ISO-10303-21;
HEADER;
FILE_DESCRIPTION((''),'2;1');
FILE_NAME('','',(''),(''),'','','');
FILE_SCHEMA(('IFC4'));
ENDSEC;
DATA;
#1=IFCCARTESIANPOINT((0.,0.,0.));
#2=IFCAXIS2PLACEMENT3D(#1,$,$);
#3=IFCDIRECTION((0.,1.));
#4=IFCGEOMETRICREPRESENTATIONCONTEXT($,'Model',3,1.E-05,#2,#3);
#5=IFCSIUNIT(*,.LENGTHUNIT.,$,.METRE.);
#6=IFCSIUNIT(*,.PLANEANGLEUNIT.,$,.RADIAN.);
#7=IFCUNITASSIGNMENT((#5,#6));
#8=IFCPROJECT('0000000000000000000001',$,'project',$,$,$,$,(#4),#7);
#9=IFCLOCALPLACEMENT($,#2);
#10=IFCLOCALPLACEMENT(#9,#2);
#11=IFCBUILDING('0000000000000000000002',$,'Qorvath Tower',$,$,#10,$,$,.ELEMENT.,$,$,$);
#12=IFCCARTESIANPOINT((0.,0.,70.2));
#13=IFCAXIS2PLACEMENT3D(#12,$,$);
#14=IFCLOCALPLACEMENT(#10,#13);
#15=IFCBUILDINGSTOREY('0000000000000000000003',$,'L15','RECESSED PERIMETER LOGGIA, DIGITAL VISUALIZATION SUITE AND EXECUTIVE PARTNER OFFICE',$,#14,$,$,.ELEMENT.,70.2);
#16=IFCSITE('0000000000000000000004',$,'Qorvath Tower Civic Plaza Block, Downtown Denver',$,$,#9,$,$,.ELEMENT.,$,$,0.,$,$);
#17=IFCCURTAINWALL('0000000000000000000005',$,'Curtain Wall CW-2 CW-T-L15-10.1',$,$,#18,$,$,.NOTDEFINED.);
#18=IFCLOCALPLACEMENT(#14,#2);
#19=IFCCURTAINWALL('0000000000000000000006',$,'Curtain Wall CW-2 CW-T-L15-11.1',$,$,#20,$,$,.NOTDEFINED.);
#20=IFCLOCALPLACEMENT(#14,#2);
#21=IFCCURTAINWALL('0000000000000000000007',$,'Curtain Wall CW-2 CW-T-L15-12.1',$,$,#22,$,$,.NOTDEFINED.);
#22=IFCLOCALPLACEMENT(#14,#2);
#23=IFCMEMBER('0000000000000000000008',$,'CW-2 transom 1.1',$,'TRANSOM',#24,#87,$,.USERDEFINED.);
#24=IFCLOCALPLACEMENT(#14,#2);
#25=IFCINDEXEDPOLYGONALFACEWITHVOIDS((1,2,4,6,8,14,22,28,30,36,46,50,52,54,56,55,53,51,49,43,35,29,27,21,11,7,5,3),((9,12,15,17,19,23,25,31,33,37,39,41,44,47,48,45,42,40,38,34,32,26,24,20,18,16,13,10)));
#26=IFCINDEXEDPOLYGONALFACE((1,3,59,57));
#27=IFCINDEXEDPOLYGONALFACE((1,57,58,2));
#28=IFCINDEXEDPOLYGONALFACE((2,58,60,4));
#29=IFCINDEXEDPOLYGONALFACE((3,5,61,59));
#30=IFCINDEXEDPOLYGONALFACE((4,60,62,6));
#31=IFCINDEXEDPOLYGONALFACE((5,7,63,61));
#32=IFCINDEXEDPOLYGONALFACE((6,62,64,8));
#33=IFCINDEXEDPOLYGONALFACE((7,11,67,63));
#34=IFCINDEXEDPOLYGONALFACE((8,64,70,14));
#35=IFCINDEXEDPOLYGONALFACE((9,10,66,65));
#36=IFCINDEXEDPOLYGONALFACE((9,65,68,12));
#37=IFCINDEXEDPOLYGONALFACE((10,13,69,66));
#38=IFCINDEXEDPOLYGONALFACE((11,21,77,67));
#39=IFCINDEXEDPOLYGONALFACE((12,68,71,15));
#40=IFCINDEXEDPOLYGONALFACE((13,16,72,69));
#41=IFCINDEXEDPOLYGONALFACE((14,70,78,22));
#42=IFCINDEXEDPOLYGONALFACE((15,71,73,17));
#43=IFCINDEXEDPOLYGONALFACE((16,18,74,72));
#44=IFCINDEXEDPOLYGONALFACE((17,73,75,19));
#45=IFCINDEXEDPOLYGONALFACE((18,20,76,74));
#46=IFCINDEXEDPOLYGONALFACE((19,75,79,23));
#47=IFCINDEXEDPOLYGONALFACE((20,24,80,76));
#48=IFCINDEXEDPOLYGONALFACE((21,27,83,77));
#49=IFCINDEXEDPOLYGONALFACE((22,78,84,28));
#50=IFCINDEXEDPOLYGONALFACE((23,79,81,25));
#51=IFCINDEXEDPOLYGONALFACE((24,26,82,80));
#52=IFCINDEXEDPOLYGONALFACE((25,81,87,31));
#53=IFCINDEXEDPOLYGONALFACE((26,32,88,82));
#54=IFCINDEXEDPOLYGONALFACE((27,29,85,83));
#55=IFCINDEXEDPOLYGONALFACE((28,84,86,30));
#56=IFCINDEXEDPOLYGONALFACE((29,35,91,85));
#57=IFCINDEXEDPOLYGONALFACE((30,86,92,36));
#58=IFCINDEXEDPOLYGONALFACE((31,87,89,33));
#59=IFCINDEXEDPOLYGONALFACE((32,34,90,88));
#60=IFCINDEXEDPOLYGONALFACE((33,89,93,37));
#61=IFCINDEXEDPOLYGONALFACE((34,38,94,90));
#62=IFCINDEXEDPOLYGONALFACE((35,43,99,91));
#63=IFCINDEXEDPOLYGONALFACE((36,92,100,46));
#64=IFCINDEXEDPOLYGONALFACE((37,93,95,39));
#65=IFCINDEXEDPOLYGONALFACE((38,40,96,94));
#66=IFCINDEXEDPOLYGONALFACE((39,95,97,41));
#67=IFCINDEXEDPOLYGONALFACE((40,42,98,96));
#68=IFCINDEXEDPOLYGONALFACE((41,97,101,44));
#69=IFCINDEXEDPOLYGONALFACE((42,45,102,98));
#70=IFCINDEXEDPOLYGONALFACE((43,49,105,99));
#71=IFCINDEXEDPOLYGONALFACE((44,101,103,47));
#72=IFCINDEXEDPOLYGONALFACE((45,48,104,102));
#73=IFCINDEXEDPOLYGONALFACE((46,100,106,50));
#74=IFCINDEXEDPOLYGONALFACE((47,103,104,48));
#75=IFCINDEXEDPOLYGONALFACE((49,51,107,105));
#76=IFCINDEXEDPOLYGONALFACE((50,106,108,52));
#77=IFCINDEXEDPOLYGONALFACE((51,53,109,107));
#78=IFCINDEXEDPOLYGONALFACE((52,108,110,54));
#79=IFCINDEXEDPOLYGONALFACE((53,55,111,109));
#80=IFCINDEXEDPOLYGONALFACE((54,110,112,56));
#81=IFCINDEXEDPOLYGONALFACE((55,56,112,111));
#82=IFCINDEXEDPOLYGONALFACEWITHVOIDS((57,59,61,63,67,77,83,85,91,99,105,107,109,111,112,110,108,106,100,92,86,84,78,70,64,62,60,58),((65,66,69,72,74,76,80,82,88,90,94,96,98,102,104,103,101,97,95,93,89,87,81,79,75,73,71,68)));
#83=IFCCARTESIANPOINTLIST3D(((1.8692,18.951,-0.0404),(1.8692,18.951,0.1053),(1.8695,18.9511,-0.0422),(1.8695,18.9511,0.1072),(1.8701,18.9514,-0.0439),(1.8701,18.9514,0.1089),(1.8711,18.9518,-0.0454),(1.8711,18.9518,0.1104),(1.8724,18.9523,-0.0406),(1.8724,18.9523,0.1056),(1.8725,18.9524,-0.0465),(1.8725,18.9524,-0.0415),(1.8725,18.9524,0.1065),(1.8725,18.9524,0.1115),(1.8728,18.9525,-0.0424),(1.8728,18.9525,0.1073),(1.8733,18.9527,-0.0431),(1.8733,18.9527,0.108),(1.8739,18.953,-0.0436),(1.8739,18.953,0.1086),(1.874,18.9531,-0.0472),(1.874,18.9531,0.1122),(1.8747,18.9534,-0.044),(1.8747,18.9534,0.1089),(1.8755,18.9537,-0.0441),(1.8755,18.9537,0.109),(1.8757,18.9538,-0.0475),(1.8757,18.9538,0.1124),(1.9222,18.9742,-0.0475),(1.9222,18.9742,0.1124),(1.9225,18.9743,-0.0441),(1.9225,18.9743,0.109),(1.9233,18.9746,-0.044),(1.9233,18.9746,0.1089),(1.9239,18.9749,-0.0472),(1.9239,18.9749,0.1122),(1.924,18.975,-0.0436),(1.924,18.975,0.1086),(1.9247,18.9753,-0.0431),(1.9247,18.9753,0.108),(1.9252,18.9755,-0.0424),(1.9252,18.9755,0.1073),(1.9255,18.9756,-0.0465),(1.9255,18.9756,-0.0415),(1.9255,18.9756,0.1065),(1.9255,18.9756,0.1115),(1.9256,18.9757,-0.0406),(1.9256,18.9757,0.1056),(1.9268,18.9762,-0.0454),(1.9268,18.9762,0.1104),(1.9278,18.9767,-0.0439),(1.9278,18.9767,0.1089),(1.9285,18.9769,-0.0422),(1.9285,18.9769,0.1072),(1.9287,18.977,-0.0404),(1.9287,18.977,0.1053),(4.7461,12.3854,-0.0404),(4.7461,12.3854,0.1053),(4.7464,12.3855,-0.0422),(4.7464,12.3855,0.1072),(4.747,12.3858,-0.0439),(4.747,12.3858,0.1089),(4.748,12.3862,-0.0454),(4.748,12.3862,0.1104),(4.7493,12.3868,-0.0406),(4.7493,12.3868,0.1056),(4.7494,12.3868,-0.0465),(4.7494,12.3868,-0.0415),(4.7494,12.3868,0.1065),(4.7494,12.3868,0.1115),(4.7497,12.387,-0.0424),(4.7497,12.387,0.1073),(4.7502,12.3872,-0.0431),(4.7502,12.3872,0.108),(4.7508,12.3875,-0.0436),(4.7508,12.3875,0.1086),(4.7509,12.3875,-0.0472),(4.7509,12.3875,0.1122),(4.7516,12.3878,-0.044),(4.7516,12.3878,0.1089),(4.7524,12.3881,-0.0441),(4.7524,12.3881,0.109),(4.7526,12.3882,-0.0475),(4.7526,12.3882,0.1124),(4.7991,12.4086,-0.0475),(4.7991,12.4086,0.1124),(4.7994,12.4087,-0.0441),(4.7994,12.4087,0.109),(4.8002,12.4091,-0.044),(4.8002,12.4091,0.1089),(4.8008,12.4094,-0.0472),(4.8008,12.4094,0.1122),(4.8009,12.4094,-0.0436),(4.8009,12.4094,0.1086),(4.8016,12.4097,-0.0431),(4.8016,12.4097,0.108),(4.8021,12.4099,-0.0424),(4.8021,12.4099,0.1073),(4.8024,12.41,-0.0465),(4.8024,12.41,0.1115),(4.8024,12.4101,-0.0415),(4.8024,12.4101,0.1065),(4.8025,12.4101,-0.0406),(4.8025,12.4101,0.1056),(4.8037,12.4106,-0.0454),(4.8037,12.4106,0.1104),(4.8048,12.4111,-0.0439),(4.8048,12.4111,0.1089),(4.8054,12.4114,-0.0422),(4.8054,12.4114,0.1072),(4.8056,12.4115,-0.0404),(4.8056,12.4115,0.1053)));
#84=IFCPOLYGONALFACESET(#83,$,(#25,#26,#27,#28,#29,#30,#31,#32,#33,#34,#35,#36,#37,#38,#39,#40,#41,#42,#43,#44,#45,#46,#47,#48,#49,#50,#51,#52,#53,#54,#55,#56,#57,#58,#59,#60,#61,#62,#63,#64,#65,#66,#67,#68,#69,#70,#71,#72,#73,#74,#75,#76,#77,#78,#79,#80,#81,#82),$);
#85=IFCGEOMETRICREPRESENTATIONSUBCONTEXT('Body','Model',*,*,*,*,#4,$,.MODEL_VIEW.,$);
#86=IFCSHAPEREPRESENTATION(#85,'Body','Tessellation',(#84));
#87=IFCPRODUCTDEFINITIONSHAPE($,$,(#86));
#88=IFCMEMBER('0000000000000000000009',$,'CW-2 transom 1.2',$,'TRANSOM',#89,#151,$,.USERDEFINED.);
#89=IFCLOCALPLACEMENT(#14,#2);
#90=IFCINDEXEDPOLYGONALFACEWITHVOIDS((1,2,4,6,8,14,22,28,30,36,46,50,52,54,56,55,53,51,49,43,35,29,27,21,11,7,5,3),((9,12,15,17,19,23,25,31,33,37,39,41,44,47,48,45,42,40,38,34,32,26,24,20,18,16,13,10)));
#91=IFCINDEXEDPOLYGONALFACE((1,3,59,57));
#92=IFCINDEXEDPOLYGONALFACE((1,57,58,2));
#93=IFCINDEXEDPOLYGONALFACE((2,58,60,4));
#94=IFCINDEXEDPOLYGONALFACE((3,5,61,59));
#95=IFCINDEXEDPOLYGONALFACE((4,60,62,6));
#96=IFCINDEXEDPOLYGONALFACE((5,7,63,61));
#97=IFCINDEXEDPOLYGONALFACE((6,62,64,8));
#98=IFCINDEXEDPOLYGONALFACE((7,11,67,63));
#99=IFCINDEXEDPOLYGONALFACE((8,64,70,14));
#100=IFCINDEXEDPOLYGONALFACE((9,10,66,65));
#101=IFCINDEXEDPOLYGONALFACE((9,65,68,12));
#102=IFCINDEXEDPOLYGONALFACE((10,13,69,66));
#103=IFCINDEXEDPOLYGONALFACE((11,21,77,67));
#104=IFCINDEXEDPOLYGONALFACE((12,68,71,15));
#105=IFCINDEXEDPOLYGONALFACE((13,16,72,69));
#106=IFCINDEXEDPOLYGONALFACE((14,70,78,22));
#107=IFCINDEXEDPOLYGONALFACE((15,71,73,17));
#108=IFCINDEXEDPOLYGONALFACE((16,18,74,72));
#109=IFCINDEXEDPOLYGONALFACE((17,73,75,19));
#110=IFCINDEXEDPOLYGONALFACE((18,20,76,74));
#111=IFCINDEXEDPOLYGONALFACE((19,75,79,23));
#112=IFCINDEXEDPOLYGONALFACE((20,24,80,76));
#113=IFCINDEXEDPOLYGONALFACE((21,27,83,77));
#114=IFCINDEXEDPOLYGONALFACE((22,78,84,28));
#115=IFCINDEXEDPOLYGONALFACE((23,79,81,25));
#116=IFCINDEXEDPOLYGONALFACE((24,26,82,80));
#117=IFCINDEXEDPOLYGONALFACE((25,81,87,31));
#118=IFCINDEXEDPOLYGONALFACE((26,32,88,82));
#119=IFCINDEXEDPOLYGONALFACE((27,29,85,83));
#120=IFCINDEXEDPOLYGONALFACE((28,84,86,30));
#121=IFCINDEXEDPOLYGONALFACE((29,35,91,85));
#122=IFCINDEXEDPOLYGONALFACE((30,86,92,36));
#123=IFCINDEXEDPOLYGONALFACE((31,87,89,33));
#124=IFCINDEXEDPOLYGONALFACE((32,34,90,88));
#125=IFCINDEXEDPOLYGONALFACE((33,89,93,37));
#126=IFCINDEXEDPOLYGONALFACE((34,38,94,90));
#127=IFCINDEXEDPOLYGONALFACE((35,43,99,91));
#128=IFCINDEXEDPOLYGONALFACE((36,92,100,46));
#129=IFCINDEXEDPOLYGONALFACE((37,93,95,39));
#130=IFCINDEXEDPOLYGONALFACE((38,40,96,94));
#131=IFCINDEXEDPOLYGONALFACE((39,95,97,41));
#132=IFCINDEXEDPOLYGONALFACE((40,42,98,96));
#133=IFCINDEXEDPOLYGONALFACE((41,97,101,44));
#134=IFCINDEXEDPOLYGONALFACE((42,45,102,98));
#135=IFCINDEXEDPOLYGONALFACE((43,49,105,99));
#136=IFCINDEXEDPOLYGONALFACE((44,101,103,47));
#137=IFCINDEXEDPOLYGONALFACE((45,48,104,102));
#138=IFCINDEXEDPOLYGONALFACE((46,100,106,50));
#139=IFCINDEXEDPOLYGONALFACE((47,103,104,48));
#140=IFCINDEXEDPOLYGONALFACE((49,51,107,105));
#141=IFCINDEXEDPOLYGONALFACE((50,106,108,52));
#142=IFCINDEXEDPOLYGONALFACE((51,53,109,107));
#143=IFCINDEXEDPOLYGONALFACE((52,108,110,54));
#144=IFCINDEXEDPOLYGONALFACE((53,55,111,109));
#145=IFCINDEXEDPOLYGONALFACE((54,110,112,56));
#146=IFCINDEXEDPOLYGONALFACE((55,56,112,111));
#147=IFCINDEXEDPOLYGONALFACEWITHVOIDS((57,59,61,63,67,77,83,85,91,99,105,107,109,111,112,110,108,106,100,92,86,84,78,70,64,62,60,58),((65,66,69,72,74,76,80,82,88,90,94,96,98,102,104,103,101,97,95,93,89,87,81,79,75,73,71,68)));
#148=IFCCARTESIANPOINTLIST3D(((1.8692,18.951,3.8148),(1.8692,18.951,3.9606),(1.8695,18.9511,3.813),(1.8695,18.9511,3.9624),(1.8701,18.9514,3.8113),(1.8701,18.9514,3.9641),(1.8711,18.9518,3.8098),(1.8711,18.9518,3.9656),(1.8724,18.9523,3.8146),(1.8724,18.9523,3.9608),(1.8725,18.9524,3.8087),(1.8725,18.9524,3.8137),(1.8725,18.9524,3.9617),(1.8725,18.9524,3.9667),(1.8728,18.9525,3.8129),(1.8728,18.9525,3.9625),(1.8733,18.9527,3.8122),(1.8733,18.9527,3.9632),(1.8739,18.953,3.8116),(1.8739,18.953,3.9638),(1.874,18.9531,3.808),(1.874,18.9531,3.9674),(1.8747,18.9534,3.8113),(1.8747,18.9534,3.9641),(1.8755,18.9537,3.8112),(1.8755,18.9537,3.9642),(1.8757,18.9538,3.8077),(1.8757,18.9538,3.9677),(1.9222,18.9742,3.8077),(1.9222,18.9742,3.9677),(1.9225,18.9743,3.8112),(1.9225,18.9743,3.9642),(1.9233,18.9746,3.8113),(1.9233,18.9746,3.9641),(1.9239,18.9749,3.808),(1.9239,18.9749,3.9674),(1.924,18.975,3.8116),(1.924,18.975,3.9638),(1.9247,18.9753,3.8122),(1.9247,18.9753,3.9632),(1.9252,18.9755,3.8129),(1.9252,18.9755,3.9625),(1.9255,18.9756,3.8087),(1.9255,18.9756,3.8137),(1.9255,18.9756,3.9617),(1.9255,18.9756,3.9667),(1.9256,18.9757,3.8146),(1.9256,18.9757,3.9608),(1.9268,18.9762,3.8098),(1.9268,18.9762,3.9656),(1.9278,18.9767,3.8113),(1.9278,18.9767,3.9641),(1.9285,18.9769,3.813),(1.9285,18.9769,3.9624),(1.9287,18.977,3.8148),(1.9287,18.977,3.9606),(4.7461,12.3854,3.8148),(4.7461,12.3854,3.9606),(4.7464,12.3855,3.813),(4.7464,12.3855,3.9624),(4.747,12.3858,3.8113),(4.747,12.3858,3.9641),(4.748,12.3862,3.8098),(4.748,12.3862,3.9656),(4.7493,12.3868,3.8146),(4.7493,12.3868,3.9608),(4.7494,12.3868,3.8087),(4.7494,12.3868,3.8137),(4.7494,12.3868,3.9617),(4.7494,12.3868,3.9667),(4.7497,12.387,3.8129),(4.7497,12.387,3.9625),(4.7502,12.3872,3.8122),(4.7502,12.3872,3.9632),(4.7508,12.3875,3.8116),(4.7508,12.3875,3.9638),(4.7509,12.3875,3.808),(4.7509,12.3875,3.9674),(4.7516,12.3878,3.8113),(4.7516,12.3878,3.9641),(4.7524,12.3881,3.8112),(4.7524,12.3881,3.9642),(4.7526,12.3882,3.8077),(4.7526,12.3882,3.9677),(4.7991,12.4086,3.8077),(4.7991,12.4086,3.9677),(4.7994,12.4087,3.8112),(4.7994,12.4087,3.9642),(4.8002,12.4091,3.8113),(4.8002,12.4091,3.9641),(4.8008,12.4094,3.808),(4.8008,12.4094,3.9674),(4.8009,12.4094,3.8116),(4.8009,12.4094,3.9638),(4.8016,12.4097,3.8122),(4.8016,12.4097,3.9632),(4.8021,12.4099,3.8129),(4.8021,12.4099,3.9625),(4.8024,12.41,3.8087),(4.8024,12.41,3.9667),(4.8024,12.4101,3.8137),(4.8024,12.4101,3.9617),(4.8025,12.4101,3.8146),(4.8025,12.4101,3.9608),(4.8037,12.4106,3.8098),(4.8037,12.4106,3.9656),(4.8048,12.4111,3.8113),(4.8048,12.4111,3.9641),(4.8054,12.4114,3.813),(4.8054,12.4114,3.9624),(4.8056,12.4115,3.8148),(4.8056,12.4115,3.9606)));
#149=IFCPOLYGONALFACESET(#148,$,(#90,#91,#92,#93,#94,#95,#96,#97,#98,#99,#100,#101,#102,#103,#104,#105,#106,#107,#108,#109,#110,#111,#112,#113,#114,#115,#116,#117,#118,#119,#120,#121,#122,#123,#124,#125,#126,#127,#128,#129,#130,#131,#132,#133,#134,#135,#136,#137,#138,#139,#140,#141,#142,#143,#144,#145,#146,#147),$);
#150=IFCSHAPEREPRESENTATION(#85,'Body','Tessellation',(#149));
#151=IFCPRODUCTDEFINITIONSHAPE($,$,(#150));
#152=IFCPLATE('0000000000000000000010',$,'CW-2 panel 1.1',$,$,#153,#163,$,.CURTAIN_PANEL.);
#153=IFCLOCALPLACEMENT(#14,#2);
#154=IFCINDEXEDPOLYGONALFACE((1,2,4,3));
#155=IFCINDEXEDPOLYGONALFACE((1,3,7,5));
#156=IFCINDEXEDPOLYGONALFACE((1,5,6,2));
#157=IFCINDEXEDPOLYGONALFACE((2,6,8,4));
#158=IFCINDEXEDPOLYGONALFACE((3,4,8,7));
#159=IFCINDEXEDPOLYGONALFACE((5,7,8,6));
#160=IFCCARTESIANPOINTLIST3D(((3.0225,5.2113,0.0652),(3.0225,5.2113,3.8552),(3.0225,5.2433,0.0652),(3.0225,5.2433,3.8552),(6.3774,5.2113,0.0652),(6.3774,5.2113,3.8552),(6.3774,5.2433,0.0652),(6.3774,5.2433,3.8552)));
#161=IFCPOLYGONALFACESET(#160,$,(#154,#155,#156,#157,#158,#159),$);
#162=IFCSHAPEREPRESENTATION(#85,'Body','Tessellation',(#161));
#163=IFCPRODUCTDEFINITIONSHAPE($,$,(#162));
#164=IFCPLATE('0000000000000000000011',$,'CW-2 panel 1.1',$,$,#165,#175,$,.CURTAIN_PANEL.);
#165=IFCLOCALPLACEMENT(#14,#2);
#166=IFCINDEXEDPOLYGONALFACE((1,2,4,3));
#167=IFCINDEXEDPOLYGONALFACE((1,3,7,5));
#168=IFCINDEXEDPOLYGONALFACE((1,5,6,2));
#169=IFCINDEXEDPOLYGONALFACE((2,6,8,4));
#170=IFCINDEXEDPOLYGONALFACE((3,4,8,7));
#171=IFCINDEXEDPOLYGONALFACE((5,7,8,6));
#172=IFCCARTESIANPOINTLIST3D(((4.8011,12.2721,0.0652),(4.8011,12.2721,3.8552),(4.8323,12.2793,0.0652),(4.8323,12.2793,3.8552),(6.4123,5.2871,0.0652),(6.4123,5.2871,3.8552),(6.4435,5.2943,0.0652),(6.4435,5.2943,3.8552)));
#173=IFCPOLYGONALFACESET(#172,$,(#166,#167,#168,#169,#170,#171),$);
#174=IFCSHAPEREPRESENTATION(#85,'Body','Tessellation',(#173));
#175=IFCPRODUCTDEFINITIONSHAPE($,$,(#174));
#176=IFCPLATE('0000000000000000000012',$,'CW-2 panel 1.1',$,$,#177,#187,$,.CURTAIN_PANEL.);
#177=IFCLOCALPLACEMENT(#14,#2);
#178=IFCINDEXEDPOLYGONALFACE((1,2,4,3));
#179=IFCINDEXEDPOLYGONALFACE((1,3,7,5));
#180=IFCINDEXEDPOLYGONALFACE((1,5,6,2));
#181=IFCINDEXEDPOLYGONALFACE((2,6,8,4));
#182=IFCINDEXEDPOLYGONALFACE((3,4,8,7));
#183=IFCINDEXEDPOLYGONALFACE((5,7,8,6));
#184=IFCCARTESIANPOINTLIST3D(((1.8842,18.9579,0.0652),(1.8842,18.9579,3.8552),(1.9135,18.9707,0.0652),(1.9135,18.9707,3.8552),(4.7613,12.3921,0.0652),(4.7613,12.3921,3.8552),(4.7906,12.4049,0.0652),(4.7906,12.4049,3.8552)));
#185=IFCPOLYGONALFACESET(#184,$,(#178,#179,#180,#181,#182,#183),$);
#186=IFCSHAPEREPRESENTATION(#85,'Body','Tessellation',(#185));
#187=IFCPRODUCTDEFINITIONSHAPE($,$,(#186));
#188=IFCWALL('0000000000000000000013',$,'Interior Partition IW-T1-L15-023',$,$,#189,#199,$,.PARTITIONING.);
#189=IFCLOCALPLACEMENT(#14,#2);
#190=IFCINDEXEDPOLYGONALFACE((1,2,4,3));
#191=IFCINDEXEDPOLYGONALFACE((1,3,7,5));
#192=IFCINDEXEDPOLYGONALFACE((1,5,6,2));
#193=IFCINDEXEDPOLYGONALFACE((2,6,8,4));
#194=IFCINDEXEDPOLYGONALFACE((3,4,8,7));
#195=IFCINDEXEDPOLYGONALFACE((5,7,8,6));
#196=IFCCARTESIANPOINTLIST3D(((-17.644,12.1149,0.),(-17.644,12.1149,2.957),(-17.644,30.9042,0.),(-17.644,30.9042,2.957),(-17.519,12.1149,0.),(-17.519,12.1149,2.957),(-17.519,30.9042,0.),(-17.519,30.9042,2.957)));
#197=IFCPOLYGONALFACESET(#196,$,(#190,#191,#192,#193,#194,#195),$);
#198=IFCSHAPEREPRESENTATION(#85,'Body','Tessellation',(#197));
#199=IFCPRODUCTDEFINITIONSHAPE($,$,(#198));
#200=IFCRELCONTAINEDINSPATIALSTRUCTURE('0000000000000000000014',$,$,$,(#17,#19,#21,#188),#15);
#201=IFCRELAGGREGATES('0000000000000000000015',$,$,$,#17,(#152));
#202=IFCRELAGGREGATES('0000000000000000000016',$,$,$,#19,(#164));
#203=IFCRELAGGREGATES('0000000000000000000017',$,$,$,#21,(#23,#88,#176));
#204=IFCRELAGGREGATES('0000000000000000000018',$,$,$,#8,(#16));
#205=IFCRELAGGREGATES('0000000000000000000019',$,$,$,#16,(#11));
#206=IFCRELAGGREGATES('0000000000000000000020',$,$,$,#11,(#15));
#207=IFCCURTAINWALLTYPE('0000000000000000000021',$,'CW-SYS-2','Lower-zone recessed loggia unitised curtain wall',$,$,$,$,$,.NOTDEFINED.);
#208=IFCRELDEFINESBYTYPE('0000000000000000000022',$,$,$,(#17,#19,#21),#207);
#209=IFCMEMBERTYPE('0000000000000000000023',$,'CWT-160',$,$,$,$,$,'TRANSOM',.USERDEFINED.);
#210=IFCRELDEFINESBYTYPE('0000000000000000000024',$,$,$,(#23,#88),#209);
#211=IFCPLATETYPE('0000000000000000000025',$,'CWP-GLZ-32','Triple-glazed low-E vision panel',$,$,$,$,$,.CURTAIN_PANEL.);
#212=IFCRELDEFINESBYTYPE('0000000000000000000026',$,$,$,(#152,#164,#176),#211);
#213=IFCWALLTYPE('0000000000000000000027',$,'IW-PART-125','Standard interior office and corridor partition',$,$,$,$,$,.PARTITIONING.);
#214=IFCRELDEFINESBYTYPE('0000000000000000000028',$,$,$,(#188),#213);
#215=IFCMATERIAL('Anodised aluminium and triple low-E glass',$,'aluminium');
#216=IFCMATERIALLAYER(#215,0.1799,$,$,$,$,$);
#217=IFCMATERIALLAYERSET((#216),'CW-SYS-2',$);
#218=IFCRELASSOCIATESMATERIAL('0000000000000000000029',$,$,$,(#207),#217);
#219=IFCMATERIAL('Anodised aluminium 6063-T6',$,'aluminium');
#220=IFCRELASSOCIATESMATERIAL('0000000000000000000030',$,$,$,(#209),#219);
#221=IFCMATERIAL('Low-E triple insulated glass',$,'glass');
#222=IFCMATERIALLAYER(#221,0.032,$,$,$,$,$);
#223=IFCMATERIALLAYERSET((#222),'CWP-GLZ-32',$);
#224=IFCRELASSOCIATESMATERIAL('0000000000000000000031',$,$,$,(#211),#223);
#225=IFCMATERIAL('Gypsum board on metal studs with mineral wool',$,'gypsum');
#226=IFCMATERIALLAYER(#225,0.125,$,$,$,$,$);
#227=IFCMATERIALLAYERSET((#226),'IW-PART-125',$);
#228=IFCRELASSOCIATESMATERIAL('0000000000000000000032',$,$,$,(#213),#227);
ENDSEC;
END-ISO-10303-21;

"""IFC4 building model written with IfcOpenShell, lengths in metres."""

from ifc_helpers import new_model, si_unit, direction, frame, frame_2d, origin, origin_2d, place, context, subcontext, project, spatial, rectangle, hollow_rectangle, extrude, material, layer, layer_set, material_profile, profile_set, type_object, element, aggregate, save


model = new_model("IFC4")

# Units and contexts
model_context = context("Model", 3, precision=1e-05, world=origin(), true_north=direction((0.0, 1.0)))
body_context = subcontext(model_context, "Body", "Model", "MODEL_VIEW")
ifc_project = project(units=[si_unit("LENGTHUNIT", "METRE"), si_unit("PLANEANGLEUNIT", "RADIAN")], contexts=[model_context])

# Site, building, storey
site_placement = place(None, origin())
site = spatial("IfcSite", under=ifc_project, at=site_placement, Name="Qorvath Tower Civic Plaza Block, Downtown Denver", CompositionType="ELEMENT", RefElevation=0.0)
building_placement = place(site_placement, origin())
building = spatial("IfcBuilding", under=site, at=building_placement, Name="Qorvath Tower", CompositionType="ELEMENT")
storey_placement = place(building_placement, frame((0.0, 0.0, 70.2)))
storey = spatial("IfcBuildingStorey", under=building, at=storey_placement, Name="L15", Description="RECESSED PERIMETER LOGGIA, DIGITAL VISUALIZATION SUITE AND EXECUTIVE PARTNER OFFICE", CompositionType="ELEMENT", Elevation=70.2)

# Curtain wall
ifc_material_1 = material(Name="Anodised aluminium and triple low-E glass", Category="aluminium")
ifc_layer_1 = layer(ifc_material_1, 0.1799)
ifc_layer_set_1 = layer_set([ifc_layer_1], Name="CW-SYS-2")
curtain_wall_type = type_object("IfcCurtainWallType", Name="CW-SYS-2", Description="Lower-zone recessed loggia unitised curtain wall", PredefinedType="NOTDEFINED", material=ifc_layer_set_1)
curtain_wall_1_placement = place(storey_placement, origin())
curtain_wall_1 = element("IfcCurtainWall", 1, at=curtain_wall_1_placement, inside=storey, type_object=curtain_wall_type, Name="Curtain Wall CW-2 CW-T-L15-10.1", PredefinedType="NOTDEFINED")

# Curtain walls
curtain_wall_2_placement = place(storey_placement, origin())
curtain_wall_2 = element("IfcCurtainWall", 2, at=curtain_wall_2_placement, inside=storey, type_object=curtain_wall_type, Name="Curtain Wall CW-2 CW-T-L15-11.1", PredefinedType="NOTDEFINED")
curtain_wall_3_placement = place(storey_placement, origin())
curtain_wall_3 = element("IfcCurtainWall", 3, at=curtain_wall_3_placement, inside=storey, type_object=curtain_wall_type, Name="Curtain Wall CW-2 CW-T-L15-12.1", PredefinedType="NOTDEFINED")

# Members
ifc_material_2 = material(Name="Anodised aluminium 6063-T6", Category="aluminium")
ifc_material_profile_1 = material_profile(ifc_material_2, hollow_rectangle(XDim=0.0649, YDim=0.1599, WallThickness=0.0034, InnerFilletRadius=0.0034, OuterFilletRadius=0.0071, at=origin_2d()), Name="CWT 160x65")
ifc_profile_set_1 = profile_set([ifc_material_profile_1], Name="Anodised aluminium 6063-T6")
member_type_1 = type_object("IfcMemberType", Name="CWT-160", ElementType="TRANSOM", PredefinedType="USERDEFINED", material=ifc_profile_set_1)
member_1_placement = place(storey_placement, frame((4.7759, 12.3984, 0.0325), z_axis=(-0.401342, 0.915928, 0.0), x_axis=(-0.915928, -0.401342, 0.0)))
member_1 = element("IfcMember", 4, at=member_1_placement, type_object=member_type_1, Name="CW-2 transom 1.1", ObjectType="TRANSOM", PredefinedType="USERDEFINED", context=body_context, shape_type="SweptSolid", body=[
    extrude(hollow_rectangle(XDim=0.0649, YDim=0.1599, WallThickness=0.0034, InnerFilletRadius=0.0034, OuterFilletRadius=0.0071, at=origin_2d()), origin(), (0.0, 0.0, 1.0), 7.1682),
])
member_2_placement = place(storey_placement, frame((4.7759, 12.3984, 3.8877), z_axis=(-0.401342, 0.915928, 0.0), x_axis=(-0.915928, -0.401342, 0.0)))
member_2 = element("IfcMember", 5, at=member_2_placement, type_object=member_type_1, Name="CW-2 transom 1.2", ObjectType="TRANSOM", PredefinedType="USERDEFINED", context=body_context, shape_type="SweptSolid", body=[
    extrude(hollow_rectangle(XDim=0.0649, YDim=0.1599, WallThickness=0.0034, InnerFilletRadius=0.0034, OuterFilletRadius=0.0071, at=origin_2d()), origin(), (0.0, 0.0, 1.0), 7.1682),
])

# Plates
ifc_material_3 = material(Name="Low-E triple insulated glass", Category="glass")
ifc_layer_2 = layer(ifc_material_3, 0.032)
ifc_layer_set_2 = layer_set([ifc_layer_2], Name="CWP-GLZ-32")
plate_type = type_object("IfcPlateType", Name="CWP-GLZ-32", Description="Triple-glazed low-E vision panel", PredefinedType="CURTAIN_PANEL", material=ifc_layer_set_2)
plate_1_placement = place(storey_placement, frame((4.7, 5.2273, 0.0652), z_axis=(0.0, 0.0, 1.0), x_axis=(1.0, 0.0, 0.0)))
plate_1 = element("IfcPlate", 6, at=plate_1_placement, type_object=plate_type, Name="CW-2 panel 1.1", PredefinedType="CURTAIN_PANEL", context=body_context, shape_type="SweptSolid", body=[
    extrude(rectangle(XDim=3.355, YDim=0.032, at=origin_2d()), origin(), (0.0, 0.0, 1.0), 3.79),
])
aggregate(curtain_wall_1, [plate_1])
plate_2_placement = place(storey_placement, frame((5.6223, 8.7832, 0.0652), z_axis=(0.0, 0.0, 1.0), x_axis=(-0.224763, 0.974413, 0.0)))
plate_2 = element("IfcPlate", 7, at=plate_2_placement, type_object=plate_type, Name="CW-2 panel 1.1", PredefinedType="CURTAIN_PANEL", context=body_context, shape_type="SweptSolid", body=[
    extrude(rectangle(XDim=7.1685, YDim=0.032, at=origin_2d()), origin(), (0.0, 0.0, 1.0), 3.79),
])
aggregate(curtain_wall_2, [plate_2])
plate_3_placement = place(storey_placement, frame((3.3374, 15.6814, 0.0652), z_axis=(0.0, 0.0, 1.0), x_axis=(-0.401348, 0.915926, 0.0)))
plate_3 = element("IfcPlate", 8, at=plate_3_placement, type_object=plate_type, Name="CW-2 panel 1.1", PredefinedType="CURTAIN_PANEL", context=body_context, shape_type="SweptSolid", body=[
    extrude(rectangle(XDim=7.1685, YDim=0.032, at=origin_2d()), origin(), (0.0, 0.0, 1.0), 3.79),
])
aggregate(curtain_wall_3, [member_1, member_2, plate_3])

# Wall
ifc_material_4 = material(Name="Gypsum board on metal studs with mineral wool", Category="gypsum")
ifc_layer_3 = layer(ifc_material_4, 0.125)
ifc_layer_set_3 = layer_set([ifc_layer_3], Name="IW-PART-125")
wall_type_1 = type_object("IfcWallType", Name="IW-PART-125", Description="Standard interior office and corridor partition", PredefinedType="PARTITIONING", material=ifc_layer_set_3)
wall_1_placement = place(storey_placement, frame((-17.5815, 12.115, 0.0), z_axis=(0.0, 0.0, 1.0), x_axis=(0.0, 1.0, 0.0)))
element("IfcWall", 9, at=wall_1_placement, inside=storey, type_object=wall_type_1, Name="Interior Partition IW-T1-L15-023", PredefinedType="PARTITIONING", context=body_context, shape_type="SweptSolid", body=[
    extrude(rectangle(XDim=18.7893, YDim=0.125, at=frame_2d((9.3945, 0.0))), origin(), (0.0, 0.0, 1.0), 2.957),
])

save(model, "model.ifc")
